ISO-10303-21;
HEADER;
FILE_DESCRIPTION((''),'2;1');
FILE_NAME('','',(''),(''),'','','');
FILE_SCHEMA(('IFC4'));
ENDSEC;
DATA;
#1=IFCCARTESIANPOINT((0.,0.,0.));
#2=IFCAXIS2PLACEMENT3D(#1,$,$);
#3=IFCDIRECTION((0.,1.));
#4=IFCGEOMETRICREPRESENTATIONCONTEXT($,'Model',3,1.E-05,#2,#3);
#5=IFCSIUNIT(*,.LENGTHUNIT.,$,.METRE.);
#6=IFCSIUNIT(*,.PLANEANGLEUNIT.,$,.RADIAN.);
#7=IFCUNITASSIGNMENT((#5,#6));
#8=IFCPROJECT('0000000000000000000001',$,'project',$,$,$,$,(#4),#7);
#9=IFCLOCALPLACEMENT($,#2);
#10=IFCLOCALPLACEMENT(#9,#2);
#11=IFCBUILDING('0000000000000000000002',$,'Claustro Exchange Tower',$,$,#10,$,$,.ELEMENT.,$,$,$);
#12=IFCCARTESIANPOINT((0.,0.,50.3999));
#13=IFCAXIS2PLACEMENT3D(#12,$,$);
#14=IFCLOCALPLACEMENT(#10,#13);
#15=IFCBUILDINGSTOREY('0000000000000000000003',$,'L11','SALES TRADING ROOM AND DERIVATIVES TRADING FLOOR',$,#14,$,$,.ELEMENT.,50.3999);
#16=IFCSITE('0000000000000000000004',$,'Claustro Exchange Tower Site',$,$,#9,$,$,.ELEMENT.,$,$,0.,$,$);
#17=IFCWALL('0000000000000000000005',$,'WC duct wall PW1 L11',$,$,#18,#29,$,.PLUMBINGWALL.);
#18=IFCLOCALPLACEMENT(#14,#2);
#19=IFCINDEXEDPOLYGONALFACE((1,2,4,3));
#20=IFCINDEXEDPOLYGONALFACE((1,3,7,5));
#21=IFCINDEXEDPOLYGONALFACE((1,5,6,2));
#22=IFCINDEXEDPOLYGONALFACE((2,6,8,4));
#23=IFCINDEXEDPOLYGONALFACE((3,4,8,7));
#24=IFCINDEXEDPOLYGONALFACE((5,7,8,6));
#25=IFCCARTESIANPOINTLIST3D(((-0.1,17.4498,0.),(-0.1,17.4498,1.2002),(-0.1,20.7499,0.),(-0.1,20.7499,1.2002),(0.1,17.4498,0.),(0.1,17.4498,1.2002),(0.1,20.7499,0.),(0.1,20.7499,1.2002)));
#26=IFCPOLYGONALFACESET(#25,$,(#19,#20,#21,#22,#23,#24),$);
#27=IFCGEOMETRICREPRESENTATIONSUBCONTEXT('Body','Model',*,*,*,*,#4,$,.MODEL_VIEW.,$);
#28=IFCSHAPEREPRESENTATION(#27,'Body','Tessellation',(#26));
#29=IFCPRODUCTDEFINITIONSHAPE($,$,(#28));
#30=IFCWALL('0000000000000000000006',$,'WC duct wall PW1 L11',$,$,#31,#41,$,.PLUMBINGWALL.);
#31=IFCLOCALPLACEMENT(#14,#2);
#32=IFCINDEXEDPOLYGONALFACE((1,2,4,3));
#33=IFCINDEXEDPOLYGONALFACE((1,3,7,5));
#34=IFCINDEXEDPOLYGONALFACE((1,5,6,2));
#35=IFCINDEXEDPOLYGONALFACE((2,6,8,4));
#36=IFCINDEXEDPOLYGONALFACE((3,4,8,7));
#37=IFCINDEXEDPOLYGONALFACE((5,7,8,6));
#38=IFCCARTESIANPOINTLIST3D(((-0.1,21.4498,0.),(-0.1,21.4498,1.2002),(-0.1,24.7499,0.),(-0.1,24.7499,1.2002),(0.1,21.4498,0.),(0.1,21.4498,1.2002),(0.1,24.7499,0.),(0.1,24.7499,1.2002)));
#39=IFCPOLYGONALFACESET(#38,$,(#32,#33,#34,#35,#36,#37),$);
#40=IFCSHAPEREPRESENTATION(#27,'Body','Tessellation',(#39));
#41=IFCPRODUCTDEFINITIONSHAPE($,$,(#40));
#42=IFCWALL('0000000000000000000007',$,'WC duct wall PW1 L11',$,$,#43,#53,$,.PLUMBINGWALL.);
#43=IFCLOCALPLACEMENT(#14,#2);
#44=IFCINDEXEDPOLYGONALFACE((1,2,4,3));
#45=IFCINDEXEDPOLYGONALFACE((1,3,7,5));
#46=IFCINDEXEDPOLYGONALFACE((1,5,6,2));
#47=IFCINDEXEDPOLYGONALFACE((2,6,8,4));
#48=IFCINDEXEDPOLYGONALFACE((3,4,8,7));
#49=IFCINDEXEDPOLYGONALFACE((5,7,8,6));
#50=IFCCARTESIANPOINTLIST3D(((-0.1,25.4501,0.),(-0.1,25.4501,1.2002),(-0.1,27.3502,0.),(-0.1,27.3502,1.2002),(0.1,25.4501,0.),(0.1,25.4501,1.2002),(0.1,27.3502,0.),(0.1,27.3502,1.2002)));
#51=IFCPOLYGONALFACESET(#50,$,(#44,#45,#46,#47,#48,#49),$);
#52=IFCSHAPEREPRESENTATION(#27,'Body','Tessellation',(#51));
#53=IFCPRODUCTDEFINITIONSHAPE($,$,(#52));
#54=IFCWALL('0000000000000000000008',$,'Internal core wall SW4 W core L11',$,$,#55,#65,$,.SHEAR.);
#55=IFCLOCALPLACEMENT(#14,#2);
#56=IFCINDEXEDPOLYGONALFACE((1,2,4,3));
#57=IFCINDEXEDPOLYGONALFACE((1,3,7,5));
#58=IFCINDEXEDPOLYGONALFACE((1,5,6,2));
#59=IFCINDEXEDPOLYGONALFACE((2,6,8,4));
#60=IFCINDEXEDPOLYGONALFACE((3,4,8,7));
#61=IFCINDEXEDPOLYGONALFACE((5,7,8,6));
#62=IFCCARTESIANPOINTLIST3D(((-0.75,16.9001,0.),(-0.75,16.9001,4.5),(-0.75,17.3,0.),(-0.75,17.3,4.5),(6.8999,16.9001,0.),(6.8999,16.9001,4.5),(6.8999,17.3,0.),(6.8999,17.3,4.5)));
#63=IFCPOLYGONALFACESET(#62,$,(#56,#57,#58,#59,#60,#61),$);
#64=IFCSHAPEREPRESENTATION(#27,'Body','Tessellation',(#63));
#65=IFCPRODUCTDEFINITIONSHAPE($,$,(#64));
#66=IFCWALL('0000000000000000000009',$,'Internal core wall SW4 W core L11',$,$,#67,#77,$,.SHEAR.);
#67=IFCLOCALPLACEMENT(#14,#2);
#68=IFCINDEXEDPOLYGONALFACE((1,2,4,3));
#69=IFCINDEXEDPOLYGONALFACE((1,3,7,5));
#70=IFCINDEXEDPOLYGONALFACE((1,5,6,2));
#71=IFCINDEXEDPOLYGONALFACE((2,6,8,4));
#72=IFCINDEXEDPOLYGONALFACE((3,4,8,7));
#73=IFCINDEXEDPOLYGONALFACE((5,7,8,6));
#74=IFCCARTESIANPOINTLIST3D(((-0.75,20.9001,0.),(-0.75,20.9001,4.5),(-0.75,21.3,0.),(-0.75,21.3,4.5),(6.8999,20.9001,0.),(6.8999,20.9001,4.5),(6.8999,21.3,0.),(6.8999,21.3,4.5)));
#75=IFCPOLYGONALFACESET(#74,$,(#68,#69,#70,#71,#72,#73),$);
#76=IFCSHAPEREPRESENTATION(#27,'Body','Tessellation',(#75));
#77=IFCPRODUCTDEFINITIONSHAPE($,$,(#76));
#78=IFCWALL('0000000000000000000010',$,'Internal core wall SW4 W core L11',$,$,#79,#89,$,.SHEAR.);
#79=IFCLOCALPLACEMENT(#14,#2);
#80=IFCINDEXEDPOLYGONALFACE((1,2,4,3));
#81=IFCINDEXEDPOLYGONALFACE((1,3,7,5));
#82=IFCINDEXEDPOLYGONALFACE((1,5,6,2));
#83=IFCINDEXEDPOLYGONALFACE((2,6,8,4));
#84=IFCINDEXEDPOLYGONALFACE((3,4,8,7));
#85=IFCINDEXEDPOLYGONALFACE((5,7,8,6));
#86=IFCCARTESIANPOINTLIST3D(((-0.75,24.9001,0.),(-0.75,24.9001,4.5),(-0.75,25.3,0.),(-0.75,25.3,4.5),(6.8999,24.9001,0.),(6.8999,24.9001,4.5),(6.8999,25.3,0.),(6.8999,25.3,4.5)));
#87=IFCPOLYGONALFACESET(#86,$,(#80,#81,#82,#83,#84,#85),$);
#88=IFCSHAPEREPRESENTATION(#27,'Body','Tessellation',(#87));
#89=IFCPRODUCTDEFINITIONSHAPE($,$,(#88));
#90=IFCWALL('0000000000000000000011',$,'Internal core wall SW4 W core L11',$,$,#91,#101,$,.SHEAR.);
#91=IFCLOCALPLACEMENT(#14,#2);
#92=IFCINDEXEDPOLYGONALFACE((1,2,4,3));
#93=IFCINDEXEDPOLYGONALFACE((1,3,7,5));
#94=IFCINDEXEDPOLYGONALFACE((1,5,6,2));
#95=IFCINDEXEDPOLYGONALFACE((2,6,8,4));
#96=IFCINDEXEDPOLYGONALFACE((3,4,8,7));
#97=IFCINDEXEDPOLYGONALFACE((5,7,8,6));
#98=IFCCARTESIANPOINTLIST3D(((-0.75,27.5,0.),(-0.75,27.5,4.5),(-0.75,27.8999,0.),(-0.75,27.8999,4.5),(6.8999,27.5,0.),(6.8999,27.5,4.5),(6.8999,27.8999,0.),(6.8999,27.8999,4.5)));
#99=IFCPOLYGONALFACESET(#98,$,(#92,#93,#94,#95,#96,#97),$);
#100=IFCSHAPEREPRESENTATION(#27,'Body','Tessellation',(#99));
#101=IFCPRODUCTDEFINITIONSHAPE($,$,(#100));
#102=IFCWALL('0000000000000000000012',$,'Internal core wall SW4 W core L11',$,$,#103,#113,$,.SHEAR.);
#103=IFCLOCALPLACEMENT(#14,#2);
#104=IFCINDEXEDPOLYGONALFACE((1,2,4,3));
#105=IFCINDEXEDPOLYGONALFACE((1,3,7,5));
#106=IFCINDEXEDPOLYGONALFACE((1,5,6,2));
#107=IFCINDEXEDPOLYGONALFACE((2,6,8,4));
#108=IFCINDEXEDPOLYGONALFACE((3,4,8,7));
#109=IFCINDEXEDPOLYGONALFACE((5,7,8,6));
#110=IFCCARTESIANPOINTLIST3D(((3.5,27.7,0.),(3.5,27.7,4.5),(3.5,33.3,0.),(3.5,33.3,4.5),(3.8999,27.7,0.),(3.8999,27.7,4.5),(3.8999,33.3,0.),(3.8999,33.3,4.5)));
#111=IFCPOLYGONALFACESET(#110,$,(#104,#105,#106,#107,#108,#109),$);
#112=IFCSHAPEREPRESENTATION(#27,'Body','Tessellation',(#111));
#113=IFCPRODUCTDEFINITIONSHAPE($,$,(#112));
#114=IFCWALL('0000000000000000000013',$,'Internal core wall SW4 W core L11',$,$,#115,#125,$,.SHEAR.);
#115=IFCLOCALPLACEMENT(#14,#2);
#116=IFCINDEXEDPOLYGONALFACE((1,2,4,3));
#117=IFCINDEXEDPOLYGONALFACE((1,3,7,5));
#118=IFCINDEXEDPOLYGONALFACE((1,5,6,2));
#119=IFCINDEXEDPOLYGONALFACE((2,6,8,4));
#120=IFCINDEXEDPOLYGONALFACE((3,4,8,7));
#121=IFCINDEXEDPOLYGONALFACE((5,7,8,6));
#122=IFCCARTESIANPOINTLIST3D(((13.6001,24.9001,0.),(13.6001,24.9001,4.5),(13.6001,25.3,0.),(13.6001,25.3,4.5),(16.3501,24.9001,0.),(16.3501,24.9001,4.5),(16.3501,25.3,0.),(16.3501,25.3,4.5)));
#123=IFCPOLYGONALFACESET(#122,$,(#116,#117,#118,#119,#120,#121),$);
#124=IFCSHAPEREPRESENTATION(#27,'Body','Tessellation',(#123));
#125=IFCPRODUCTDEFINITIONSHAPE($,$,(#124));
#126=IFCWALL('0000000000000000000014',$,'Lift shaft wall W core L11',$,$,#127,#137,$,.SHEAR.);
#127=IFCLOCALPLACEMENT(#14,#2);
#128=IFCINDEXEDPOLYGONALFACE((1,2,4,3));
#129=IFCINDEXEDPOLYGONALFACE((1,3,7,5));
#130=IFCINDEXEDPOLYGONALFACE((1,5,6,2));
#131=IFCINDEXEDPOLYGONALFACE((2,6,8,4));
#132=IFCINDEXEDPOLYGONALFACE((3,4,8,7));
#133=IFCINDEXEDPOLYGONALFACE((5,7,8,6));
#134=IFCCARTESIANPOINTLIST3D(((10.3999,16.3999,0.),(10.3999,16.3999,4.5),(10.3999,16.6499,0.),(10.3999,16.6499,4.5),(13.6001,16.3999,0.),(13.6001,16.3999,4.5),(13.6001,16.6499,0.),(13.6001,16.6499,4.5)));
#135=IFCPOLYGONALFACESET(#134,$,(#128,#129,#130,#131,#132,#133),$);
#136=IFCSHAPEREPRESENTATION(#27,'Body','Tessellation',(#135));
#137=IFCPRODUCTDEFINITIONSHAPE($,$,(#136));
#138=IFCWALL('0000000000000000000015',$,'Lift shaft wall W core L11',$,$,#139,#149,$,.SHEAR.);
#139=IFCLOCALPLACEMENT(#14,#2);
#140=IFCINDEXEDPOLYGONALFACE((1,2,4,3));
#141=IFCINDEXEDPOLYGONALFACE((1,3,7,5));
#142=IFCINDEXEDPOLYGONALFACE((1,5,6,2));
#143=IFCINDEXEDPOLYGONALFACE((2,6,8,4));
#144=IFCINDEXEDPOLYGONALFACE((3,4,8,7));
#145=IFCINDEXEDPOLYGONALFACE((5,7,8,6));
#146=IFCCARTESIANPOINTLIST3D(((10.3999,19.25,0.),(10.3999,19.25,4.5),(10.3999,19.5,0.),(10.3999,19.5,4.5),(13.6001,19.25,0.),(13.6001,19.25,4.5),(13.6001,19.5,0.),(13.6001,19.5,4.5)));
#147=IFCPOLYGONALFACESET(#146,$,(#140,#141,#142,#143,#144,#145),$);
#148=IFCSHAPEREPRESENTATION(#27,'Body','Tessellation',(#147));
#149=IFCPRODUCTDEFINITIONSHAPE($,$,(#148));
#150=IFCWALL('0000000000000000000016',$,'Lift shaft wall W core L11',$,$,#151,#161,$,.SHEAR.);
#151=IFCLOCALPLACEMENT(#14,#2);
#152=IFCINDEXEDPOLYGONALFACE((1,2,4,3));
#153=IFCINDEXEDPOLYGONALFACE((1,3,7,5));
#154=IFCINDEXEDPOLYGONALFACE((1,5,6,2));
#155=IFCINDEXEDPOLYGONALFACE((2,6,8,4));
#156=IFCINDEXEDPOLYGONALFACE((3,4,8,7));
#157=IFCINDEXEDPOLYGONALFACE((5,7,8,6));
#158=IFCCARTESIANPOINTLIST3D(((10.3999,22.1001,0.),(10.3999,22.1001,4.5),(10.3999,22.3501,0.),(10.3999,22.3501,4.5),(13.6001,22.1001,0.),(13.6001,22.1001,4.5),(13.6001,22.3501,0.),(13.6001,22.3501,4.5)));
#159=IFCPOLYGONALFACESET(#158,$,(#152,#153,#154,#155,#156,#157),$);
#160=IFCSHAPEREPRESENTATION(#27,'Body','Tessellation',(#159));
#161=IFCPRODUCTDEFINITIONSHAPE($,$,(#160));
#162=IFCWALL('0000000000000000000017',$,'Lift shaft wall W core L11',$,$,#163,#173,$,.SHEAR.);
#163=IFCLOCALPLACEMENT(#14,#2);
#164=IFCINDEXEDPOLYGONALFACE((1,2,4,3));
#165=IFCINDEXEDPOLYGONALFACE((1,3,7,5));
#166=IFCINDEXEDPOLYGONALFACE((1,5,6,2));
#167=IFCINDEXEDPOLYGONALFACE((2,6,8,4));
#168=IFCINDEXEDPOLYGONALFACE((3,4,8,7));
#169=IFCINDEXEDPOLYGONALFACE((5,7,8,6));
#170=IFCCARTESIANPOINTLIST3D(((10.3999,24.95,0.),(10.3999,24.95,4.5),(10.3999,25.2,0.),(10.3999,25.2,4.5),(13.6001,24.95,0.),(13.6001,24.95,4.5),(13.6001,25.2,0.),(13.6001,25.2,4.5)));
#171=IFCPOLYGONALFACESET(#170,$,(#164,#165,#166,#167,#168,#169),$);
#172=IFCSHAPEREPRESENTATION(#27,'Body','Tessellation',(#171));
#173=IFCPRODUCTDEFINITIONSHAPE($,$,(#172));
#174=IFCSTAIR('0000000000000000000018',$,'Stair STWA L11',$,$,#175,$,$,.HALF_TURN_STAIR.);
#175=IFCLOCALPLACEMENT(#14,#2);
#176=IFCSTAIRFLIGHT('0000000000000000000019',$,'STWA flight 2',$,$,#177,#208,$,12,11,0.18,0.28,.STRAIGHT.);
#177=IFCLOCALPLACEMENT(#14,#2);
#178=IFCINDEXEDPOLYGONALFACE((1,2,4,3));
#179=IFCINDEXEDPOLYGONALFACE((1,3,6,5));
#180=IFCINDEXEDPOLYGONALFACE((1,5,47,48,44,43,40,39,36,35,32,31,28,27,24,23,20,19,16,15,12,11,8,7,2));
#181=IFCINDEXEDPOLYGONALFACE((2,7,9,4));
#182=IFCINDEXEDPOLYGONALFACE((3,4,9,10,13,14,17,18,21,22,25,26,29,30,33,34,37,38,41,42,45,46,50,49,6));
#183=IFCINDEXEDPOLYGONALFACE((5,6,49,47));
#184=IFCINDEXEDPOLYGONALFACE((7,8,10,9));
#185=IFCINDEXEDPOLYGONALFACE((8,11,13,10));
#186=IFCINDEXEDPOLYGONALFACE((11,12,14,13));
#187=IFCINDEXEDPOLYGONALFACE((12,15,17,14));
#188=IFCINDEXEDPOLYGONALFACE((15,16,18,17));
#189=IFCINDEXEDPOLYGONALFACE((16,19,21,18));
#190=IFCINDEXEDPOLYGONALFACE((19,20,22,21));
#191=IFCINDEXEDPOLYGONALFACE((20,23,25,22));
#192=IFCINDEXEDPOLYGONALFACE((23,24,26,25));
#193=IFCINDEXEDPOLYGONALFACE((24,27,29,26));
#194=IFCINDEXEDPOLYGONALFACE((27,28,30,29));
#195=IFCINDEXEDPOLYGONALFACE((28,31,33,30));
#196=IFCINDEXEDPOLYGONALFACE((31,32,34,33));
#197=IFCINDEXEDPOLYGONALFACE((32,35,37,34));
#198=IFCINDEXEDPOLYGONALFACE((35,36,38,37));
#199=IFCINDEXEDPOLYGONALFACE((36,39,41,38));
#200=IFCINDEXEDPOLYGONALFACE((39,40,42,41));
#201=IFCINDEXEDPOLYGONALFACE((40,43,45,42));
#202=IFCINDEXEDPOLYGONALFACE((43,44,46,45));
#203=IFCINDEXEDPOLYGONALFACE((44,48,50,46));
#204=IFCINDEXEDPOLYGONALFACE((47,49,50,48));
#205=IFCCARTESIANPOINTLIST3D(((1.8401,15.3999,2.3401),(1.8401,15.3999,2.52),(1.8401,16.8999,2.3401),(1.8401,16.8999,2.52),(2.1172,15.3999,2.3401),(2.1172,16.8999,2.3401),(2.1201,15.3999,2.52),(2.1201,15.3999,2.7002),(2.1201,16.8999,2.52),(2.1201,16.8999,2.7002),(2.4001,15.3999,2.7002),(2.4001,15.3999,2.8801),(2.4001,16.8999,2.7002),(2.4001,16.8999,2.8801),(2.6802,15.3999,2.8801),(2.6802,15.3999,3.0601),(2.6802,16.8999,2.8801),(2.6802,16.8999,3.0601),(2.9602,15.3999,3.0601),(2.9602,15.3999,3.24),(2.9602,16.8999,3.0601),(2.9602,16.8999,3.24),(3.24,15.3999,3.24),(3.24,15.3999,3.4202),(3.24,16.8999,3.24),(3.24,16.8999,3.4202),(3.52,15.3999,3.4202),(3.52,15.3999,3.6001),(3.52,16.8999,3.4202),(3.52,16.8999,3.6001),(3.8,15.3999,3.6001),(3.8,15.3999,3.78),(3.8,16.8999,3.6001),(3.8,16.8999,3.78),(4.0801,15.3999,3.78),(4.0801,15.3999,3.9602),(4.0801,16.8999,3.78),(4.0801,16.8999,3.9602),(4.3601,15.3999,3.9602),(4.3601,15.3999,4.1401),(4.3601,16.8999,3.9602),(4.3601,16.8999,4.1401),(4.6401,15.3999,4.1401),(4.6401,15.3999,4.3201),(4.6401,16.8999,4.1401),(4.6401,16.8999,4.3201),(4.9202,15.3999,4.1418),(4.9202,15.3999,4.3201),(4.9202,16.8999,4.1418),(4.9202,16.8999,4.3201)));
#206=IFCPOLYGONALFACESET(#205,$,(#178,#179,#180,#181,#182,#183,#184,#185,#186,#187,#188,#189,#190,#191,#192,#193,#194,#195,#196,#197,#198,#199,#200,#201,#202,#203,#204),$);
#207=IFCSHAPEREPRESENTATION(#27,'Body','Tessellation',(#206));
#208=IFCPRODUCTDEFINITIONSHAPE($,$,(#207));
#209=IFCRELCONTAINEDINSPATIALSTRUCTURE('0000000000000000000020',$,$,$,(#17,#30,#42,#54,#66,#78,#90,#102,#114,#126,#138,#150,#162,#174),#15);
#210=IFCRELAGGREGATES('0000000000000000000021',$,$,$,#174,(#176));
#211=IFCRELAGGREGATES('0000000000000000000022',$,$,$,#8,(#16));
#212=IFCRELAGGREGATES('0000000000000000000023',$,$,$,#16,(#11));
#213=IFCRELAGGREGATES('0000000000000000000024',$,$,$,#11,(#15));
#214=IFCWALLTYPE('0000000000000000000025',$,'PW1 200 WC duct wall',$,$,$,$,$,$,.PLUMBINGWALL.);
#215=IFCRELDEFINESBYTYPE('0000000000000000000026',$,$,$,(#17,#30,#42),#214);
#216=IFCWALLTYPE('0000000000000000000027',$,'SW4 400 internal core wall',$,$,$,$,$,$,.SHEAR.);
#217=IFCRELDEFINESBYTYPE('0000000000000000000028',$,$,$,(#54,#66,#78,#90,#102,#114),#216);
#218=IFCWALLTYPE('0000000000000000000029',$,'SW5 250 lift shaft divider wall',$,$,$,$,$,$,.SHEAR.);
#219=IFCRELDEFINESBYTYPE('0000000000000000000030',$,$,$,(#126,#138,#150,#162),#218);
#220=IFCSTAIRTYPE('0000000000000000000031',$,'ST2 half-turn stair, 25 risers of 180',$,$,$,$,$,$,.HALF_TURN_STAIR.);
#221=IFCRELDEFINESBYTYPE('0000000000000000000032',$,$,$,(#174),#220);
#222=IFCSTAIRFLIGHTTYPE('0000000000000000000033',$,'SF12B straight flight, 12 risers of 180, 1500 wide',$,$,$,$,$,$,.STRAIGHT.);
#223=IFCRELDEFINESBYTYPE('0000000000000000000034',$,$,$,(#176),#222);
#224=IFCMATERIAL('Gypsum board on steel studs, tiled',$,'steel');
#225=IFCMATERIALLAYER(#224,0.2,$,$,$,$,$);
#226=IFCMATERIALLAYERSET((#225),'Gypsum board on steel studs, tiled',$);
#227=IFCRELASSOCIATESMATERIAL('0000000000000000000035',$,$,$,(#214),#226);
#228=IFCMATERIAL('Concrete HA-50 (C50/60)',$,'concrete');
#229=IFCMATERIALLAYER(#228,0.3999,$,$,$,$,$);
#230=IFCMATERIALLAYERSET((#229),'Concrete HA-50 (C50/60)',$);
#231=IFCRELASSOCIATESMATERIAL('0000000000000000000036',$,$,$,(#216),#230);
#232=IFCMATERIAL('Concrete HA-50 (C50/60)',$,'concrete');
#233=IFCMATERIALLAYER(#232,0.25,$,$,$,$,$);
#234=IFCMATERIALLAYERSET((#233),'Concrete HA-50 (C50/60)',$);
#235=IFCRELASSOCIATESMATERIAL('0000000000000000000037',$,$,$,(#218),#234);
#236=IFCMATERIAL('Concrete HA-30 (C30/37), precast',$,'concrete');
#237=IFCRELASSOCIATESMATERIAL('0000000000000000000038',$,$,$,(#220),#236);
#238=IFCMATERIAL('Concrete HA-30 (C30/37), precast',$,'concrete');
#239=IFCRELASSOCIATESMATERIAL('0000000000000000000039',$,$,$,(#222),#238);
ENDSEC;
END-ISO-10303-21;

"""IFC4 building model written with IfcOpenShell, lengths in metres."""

from ifc_helpers import new_model, si_unit, direction, frame, frame_2d, origin, place, context, subcontext, project, spatial, polyline, rectangle, outline, extrude, material, layer, layer_set, type_object, element, aggregate, save


model = new_model("IFC4")

# Units and contexts
model_context = context("Model", 3, precision=1e-05, world=origin(), true_north=direction((0.0, 1.0)))
body_context = subcontext(model_context, "Body", "Model", "MODEL_VIEW")
ifc_project = project(units=[si_unit("LENGTHUNIT", "METRE"), si_unit("PLANEANGLEUNIT", "RADIAN")], contexts=[model_context])

# Site, building, storey
site_placement = place(None, origin())
site = spatial("IfcSite", under=ifc_project, at=site_placement, Name="Claustro Exchange Tower Site", CompositionType="ELEMENT", RefElevation=0.0)
building_placement = place(site_placement, origin())
building = spatial("IfcBuilding", under=site, at=building_placement, Name="Claustro Exchange Tower", CompositionType="ELEMENT")
storey_placement = place(building_placement, frame((0.0, 0.0, 50.3999)))
storey = spatial("IfcBuildingStorey", under=building, at=storey_placement, Name="L11", Description="SALES TRADING ROOM AND DERIVATIVES TRADING FLOOR", CompositionType="ELEMENT", Elevation=50.3999)

# Walls
ifc_material_1 = material(Name="Gypsum board on steel studs, tiled", Category="steel")
ifc_layer_1 = layer(ifc_material_1, 0.2)
ifc_layer_set_1 = layer_set([ifc_layer_1], Name="Gypsum board on steel studs, tiled")
wall_type_1 = type_object("IfcWallType", Name="PW1 200 WC duct wall", PredefinedType="PLUMBINGWALL", material=ifc_layer_set_1)
for number, where, z_axis, x_axis, name in (
    (1, (0.0, 17.45, 0.0), (0.0, 0.0, 1.0), (0.0, 1.0, 0.0), "WC duct wall PW1 L11"),
    (2, (0.0, 21.45, 0.0), (0.0, 0.0, 1.0), (0.0, 1.0, 0.0), "WC duct wall PW1 L11"),
):
    element("IfcWall", number, at=place(storey_placement, frame(where, z_axis=z_axis, x_axis=x_axis)), inside=storey, type_object=wall_type_1, Name=name, PredefinedType="PLUMBINGWALL", context=body_context, shape_type="SweptSolid", body=[
        extrude(rectangle(XDim=3.3, YDim=0.2, at=frame_2d((1.6499, 0.0))), origin(), (0.0, 0.0, 1.0), 1.2002),
    ])
wall_1_placement = place(storey_placement, frame((0.0, 25.45, 0.0), z_axis=(0.0, 0.0, 1.0), x_axis=(0.0, 1.0, 0.0)))
element("IfcWall", 3, at=wall_1_placement, inside=storey, type_object=wall_type_1, Name="WC duct wall PW1 L11", PredefinedType="PLUMBINGWALL", context=body_context, shape_type="SweptSolid", body=[
    extrude(rectangle(XDim=1.9001, YDim=0.2, at=frame_2d((0.9502, 0.0))), origin(), (0.0, 0.0, 1.0), 1.2002),
])
ifc_material_2 = material(Name="Concrete HA-50 (C50/60)", Category="concrete")
ifc_layer_2 = layer(ifc_material_2, 0.3999)
ifc_layer_set_2 = layer_set([ifc_layer_2], Name="Concrete HA-50 (C50/60)")
wall_type_2 = type_object("IfcWallType", Name="SW4 400 internal core wall", PredefinedType="SHEAR", material=ifc_layer_set_2)
for number, where, z_axis, x_axis, name in (
    (4, (-0.75, 17.1001, 0.0), (0.0, 0.0, 1.0), (1.0, 0.0, 0.0), "Internal core wall SW4 W core L11"),
    (5, (-0.75, 21.1001, 0.0), (0.0, 0.0, 1.0), (1.0, 0.0, 0.0), "Internal core wall SW4 W core L11"),
    (6, (-0.75, 25.1001, 0.0), (0.0, 0.0, 1.0), (1.0, 0.0, 0.0), "Internal core wall SW4 W core L11"),
    (7, (-0.75, 27.7, 0.0), (0.0, 0.0, 1.0), (1.0, 0.0, 0.0), "Internal core wall SW4 W core L11"),
):
    element("IfcWall", number, at=place(storey_placement, frame(where, z_axis=z_axis, x_axis=x_axis)), inside=storey, type_object=wall_type_2, Name=name, PredefinedType="SHEAR", context=body_context, shape_type="SweptSolid", body=[
        extrude(rectangle(XDim=7.6499, YDim=0.3999, at=frame_2d((3.825, 0.0))), origin(), (0.0, 0.0, 1.0), 4.5),
    ])
wall_2_placement = place(storey_placement, frame((3.7, 27.7, 0.0), z_axis=(0.0, 0.0, 1.0), x_axis=(0.0, 1.0, 0.0)))
element("IfcWall", 8, at=wall_2_placement, inside=storey, type_object=wall_type_2, Name="Internal core wall SW4 W core L11", PredefinedType="SHEAR", context=body_context, shape_type="SweptSolid", body=[
    extrude(rectangle(XDim=5.6001, YDim=0.3999, at=frame_2d((2.8, 0.0))), origin(), (0.0, 0.0, 1.0), 4.5),
])
wall_3_placement = place(storey_placement, frame((13.6001, 25.1001, 0.0), z_axis=(0.0, 0.0, 1.0), x_axis=(1.0, 0.0, 0.0)))
element("IfcWall", 9, at=wall_3_placement, inside=storey, type_object=wall_type_2, Name="Internal core wall SW4 W core L11", PredefinedType="SHEAR", context=body_context, shape_type="SweptSolid", body=[
    extrude(rectangle(XDim=2.75, YDim=0.3999, at=frame_2d((1.375, 0.0))), origin(), (0.0, 0.0, 1.0), 4.5),
])
ifc_material_3 = material(Name="Concrete HA-50 (C50/60)", Category="concrete")
ifc_layer_3 = layer(ifc_material_3, 0.25)
ifc_layer_set_3 = layer_set([ifc_layer_3], Name="Concrete HA-50 (C50/60)")
wall_type_3 = type_object("IfcWallType", Name="SW5 250 lift shaft divider wall", PredefinedType="SHEAR", material=ifc_layer_set_3)
for number, where, z_axis, x_axis, name in (
    (10, (10.3999, 16.5249, 0.0), (0.0, 0.0, 1.0), (1.0, 0.0, 0.0), "Lift shaft wall W core L11"),
    (11, (10.3999, 19.375, 0.0), (0.0, 0.0, 1.0), (1.0, 0.0, 0.0), "Lift shaft wall W core L11"),
    (12, (10.3999, 22.2251, 0.0), (0.0, 0.0, 1.0), (1.0, 0.0, 0.0), "Lift shaft wall W core L11"),
    (13, (10.3999, 25.075, 0.0), (0.0, 0.0, 1.0), (1.0, 0.0, 0.0), "Lift shaft wall W core L11"),
):
    element("IfcWall", number, at=place(storey_placement, frame(where, z_axis=z_axis, x_axis=x_axis)), inside=storey, type_object=wall_type_3, Name=name, PredefinedType="SHEAR", context=body_context, shape_type="SweptSolid", body=[
        extrude(rectangle(XDim=3.2002, YDim=0.25, at=frame_2d((1.6001, 0.0))), origin(), (0.0, 0.0, 1.0), 4.5),
    ])

# Stair, stair flight
ifc_material_4 = material(Name="Concrete HA-30 (C30/37), precast", Category="concrete")
stair_type = type_object("IfcStairType", Name="ST2 half-turn stair, 25 risers of 180", PredefinedType="HALF_TURN_STAIR", material=ifc_material_4)
stair_placement = place(storey_placement, origin())
stair = element("IfcStair", 14, at=stair_placement, inside=storey, type_object=stair_type, Name="Stair STWA L11", PredefinedType="HALF_TURN_STAIR")
ifc_material_5 = material(Name="Concrete HA-30 (C30/37), precast", Category="concrete")
stair_flight_type = type_object("IfcStairFlightType", Name="SF12B straight flight, 12 risers of 180, 1500 wide", PredefinedType="STRAIGHT", material=ifc_material_5)
stair_flight_placement = place(storey_placement, frame((1.8401, 16.1499, 2.3401), z_axis=(0.0, 0.0, 1.0), x_axis=(1.0, 0.0, 0.0)))
stair_flight = element("IfcStairFlight", 15, at=stair_flight_placement, type_object=stair_flight_type, Name="STWA flight 2", NumberOfRisers=12, NumberOfTreads=11, PredefinedType="STRAIGHT", RiserHeight=0.18, TreadLength=0.28, context=body_context, shape_type="SweptSolid", body=[
    extrude(outline(polyline([(0.0, 0.0), (0.0, 0.1799), (0.28, 0.1799), (0.28, 0.3601), (0.5601, 0.3601), (0.5601, 0.54), (0.8401, 0.54), (0.8401, 0.72), (1.1201, 0.72), (1.1201, 0.8999), (1.3999, 0.8999), (1.3999, 1.0801), (1.6799, 1.0801), (1.6799, 1.26), (1.96, 1.26), (1.96, 1.4399), (2.24, 1.4399), (2.24, 1.6201), (2.52, 1.6201), (2.52, 1.8), (2.8, 1.8), (2.8, 1.98), (3.0801, 1.98), (3.0801, 2.1599), (3.0801, 1.8018), (0.2771, 0.0), (0.0, 0.0)])), frame((0.0, 0.75, 0.0), z_axis=(0.0, -1.0, 0.0), x_axis=(1.0, 0.0, 0.0)), (0.0, 0.0, 1.0), 1.5),
])
aggregate(stair, [stair_flight])

save(model, "model.ifc")
